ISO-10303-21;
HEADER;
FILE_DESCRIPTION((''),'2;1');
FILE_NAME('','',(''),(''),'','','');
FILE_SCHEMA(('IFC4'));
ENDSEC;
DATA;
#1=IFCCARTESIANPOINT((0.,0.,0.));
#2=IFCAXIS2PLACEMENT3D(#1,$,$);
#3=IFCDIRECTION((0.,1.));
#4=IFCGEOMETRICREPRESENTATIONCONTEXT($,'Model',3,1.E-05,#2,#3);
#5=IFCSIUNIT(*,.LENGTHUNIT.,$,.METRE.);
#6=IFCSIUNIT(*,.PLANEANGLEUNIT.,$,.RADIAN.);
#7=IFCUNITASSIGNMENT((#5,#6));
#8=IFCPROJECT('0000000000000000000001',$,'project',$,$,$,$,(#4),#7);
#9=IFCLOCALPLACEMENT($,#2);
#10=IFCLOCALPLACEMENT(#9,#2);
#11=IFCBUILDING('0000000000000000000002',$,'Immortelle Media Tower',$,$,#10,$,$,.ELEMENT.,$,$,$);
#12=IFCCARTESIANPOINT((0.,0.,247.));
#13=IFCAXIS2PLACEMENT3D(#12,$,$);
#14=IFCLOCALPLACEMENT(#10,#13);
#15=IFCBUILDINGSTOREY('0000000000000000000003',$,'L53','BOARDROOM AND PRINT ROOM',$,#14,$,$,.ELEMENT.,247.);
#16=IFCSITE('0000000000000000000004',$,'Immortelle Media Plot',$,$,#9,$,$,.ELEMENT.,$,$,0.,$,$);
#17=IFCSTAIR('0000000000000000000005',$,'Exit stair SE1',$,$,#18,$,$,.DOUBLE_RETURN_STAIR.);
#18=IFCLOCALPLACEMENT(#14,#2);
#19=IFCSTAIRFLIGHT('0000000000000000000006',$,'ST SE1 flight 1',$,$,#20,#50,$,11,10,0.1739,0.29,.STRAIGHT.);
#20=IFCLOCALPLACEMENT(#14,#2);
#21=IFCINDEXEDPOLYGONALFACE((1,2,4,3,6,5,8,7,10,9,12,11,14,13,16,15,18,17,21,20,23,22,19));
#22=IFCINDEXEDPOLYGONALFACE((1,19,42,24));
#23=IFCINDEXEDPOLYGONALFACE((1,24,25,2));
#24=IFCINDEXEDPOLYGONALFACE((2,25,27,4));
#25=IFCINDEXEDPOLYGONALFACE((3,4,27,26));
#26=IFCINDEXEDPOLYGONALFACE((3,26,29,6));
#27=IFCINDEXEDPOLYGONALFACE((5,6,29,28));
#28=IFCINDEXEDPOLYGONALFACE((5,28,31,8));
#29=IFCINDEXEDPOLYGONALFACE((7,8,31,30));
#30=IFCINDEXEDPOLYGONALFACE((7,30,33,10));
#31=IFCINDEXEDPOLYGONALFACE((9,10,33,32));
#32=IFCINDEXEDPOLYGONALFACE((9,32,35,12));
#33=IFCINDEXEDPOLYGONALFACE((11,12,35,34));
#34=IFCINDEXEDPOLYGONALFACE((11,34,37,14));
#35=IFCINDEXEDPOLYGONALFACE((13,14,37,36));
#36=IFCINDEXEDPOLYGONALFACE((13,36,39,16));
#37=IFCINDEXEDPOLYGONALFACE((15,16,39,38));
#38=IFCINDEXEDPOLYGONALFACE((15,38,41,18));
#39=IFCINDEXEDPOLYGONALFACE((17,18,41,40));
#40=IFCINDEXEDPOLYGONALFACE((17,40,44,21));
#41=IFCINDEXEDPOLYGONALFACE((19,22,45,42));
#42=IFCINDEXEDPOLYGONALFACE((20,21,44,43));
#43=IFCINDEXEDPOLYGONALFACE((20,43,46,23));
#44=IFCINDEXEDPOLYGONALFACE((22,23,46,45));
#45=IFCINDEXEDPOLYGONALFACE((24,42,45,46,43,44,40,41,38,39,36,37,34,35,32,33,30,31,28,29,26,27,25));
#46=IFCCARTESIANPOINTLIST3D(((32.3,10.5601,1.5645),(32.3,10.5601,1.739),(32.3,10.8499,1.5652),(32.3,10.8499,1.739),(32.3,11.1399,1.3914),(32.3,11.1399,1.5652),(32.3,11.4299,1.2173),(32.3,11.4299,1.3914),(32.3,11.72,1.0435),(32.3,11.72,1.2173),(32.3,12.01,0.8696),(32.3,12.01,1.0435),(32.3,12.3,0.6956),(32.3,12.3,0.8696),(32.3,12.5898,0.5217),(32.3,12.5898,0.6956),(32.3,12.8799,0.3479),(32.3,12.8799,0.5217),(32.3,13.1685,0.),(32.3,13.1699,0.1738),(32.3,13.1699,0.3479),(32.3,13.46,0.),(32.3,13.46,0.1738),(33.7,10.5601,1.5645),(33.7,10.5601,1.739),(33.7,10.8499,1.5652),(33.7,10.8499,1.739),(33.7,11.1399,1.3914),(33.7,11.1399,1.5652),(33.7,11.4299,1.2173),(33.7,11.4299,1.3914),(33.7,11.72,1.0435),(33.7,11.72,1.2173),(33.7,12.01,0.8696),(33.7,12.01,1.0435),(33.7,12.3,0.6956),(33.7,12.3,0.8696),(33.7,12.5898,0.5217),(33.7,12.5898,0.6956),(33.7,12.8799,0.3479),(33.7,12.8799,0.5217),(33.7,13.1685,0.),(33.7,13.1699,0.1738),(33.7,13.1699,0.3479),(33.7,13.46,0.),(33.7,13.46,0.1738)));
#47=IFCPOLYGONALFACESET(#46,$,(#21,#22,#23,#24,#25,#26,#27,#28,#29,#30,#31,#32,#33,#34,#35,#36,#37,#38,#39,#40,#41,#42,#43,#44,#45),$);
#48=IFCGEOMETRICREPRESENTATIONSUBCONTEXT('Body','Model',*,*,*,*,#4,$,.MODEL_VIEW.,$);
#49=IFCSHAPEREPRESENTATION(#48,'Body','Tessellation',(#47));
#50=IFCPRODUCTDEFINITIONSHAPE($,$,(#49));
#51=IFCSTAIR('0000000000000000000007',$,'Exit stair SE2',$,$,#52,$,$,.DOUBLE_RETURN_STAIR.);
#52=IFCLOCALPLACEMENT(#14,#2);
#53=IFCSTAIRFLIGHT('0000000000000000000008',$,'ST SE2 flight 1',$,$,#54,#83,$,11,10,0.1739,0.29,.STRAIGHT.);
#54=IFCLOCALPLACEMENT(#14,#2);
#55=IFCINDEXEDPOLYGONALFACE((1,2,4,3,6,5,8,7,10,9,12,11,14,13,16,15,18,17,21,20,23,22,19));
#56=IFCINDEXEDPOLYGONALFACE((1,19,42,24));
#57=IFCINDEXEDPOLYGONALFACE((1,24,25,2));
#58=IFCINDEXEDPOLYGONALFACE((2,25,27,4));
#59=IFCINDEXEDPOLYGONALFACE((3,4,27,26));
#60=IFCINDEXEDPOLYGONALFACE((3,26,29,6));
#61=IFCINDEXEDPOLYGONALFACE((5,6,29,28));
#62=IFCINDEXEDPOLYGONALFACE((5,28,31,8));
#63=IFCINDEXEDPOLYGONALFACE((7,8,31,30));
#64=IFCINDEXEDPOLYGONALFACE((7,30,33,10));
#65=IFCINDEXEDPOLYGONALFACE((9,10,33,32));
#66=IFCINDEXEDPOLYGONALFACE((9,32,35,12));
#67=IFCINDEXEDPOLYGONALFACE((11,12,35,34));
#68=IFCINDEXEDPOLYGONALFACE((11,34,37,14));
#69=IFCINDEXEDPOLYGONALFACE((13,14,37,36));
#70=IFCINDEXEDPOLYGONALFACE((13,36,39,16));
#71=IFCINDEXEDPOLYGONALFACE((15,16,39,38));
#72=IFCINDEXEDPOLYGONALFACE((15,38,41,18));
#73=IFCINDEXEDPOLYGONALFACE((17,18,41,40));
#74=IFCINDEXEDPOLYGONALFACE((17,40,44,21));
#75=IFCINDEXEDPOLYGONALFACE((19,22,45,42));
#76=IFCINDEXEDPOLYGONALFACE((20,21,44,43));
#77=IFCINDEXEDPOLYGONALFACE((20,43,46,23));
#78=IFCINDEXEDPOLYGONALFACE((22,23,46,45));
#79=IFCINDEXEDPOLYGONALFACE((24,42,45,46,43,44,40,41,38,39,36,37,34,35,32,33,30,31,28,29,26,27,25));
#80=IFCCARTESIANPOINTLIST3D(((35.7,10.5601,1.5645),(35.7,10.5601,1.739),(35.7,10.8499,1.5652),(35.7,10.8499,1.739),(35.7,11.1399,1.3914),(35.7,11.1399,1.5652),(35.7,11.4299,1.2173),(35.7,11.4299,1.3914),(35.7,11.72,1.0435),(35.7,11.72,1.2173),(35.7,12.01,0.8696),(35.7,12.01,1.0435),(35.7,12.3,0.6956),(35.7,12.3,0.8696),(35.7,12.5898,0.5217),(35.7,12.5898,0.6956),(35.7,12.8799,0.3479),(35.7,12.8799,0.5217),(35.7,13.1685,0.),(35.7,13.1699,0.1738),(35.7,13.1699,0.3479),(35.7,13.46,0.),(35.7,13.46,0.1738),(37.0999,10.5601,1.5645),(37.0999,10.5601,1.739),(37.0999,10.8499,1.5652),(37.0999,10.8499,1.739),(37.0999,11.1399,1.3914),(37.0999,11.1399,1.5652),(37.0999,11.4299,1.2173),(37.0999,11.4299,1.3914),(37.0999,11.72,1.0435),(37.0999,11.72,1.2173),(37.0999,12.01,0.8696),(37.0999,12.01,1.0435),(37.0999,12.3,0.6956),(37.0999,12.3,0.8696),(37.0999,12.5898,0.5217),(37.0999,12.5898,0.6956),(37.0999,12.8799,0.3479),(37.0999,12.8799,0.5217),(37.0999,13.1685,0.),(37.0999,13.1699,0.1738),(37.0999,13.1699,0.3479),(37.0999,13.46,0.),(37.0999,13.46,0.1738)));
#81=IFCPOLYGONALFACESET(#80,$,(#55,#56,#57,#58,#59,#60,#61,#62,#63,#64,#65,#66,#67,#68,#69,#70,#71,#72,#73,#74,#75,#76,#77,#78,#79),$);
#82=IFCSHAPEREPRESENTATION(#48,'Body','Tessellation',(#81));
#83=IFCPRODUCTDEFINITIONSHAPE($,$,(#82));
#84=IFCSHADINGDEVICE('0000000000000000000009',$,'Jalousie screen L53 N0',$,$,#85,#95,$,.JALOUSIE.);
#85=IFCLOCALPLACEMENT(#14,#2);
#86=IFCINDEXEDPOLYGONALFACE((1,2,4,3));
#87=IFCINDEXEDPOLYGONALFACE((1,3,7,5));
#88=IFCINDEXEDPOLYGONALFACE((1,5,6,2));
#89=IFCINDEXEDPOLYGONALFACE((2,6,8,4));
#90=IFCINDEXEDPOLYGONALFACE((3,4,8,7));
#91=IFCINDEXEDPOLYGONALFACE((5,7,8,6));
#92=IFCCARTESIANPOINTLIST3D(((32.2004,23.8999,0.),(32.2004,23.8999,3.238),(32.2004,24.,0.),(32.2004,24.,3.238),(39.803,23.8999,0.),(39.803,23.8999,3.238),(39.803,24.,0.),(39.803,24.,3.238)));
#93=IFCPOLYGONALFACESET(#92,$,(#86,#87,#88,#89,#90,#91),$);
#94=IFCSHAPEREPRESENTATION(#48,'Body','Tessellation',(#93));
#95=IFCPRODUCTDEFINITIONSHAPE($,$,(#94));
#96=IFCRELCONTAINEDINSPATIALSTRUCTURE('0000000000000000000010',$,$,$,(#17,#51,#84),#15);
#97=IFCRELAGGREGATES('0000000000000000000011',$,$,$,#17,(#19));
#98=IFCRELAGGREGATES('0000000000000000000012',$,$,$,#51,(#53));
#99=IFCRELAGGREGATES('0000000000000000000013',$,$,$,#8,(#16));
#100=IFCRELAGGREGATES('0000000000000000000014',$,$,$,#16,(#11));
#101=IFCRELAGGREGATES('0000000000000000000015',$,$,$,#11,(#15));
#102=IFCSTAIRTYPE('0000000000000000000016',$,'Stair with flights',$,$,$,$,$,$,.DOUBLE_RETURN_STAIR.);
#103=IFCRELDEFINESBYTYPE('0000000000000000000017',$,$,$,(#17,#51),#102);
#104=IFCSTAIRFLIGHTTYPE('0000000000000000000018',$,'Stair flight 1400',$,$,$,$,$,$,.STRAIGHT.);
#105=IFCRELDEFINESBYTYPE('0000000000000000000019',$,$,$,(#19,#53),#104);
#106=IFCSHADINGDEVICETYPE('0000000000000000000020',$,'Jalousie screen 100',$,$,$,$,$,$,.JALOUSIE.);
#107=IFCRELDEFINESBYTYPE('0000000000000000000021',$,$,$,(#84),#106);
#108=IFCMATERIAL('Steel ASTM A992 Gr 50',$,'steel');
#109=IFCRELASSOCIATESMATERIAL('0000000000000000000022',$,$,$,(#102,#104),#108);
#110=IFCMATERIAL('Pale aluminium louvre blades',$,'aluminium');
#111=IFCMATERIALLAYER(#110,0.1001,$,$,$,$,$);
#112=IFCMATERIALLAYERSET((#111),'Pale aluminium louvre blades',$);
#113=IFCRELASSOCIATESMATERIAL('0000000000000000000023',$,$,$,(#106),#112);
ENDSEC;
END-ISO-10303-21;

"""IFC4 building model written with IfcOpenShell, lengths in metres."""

from ifc_helpers import new_model, si_unit, direction, frame, origin, origin_2d, place, context, subcontext, project, spatial, polyline, rectangle, outline, extrude, material, layer, layer_set, type_object, element, aggregate, save


model = new_model("IFC4")

# Units and contexts
model_context = context("Model", 3, precision=1e-05, world=origin(), true_north=direction((0.0, 1.0)))
body_context = subcontext(model_context, "Body", "Model", "MODEL_VIEW")
ifc_project = project(units=[si_unit("LENGTHUNIT", "METRE"), si_unit("PLANEANGLEUNIT", "RADIAN")], contexts=[model_context])

# Site, building, storey
site_placement = place(None, origin())
site = spatial("IfcSite", under=ifc_project, at=site_placement, Name="Immortelle Media Plot", CompositionType="ELEMENT", RefElevation=0.0)
building_placement = place(site_placement, origin())
building = spatial("IfcBuilding", under=site, at=building_placement, Name="Immortelle Media Tower", CompositionType="ELEMENT")
storey_placement = place(building_placement, frame((0.0, 0.0, 247.0)))
storey = spatial("IfcBuildingStorey", under=building, at=storey_placement, Name="L53", Description="BOARDROOM AND PRINT ROOM", CompositionType="ELEMENT", Elevation=247.0)

# Shared definitions
ifc_material_1 = material(Name="Steel ASTM A992 Gr 50", Category="steel")

# Stairs, stair flights
stair_type = type_object("IfcStairType", Name="Stair with flights", PredefinedType="DOUBLE_RETURN_STAIR", material=ifc_material_1)
stair_1_placement = place(storey_placement, origin())
stair_1 = element("IfcStair", 1, at=stair_1_placement, inside=storey, type_object=stair_type, Name="Exit stair SE1", PredefinedType="DOUBLE_RETURN_STAIR")
stair_flight_type = type_object("IfcStairFlightType", Name="Stair flight 1400", PredefinedType="STRAIGHT", material=ifc_material_1)
stair_flight_1_placement = place(storey_placement, frame((33.0, 13.46, 0.0), z_axis=(0.0, 0.0, 1.0), x_axis=(0.0, -1.0, 0.0)))
stair_flight_1 = element("IfcStairFlight", 2, at=stair_flight_1_placement, type_object=stair_flight_type, Name="ST SE1 flight 1", NumberOfRisers=11, NumberOfTreads=10, PredefinedType="STRAIGHT", RiserHeight=0.1739, TreadLength=0.29, context=body_context, shape_type="SweptSolid", body=[
    extrude(outline(polyline([(0.0, 0.0), (0.0, 0.1738), (0.29, 0.1738), (0.29, 0.3479), (0.5801, 0.3479), (0.5801, 0.5217), (0.8701, 0.5217), (0.8701, 0.6956), (1.1599, 0.6956), (1.1599, 0.8696), (1.45, 0.8696), (1.45, 1.0435), (1.74, 1.0435), (1.74, 1.2173), (2.03, 1.2173), (2.03, 1.3914), (2.3201, 1.3914), (2.3201, 1.5652), (2.6101, 1.5652), (2.6101, 1.739), (2.8999, 1.739), (2.8999, 1.9131), (2.8999, 1.5645), (0.2915, 0.0), (0.0, 0.0)])), frame((0.0, 0.7, 0.0), z_axis=(0.0, -1.0, 0.0), x_axis=(1.0, 0.0, 0.0)), (0.0, 0.0, 1.0), 1.3999),
])
aggregate(stair_1, [stair_flight_1])
stair_2_placement = place(storey_placement, origin())
stair_2 = element("IfcStair", 3, at=stair_2_placement, inside=storey, type_object=stair_type, Name="Exit stair SE2", PredefinedType="DOUBLE_RETURN_STAIR")
stair_flight_2_placement = place(storey_placement, frame((36.3999, 13.46, 0.0), z_axis=(0.0, 0.0, 1.0), x_axis=(0.0, -1.0, 0.0)))
stair_flight_2 = element("IfcStairFlight", 4, at=stair_flight_2_placement, type_object=stair_flight_type, Name="ST SE2 flight 1", NumberOfRisers=11, NumberOfTreads=10, PredefinedType="STRAIGHT", RiserHeight=0.1739, TreadLength=0.29, context=body_context, shape_type="SweptSolid", body=[
    extrude(outline(polyline([(0.0, 0.0), (0.0, 0.1738), (0.29, 0.1738), (0.29, 0.3479), (0.5801, 0.3479), (0.5801, 0.5217), (0.8701, 0.5217), (0.8701, 0.6956), (1.1599, 0.6956), (1.1599, 0.8696), (1.45, 0.8696), (1.45, 1.0435), (1.74, 1.0435), (1.74, 1.2173), (2.03, 1.2173), (2.03, 1.3914), (2.3201, 1.3914), (2.3201, 1.5652), (2.6101, 1.5652), (2.6101, 1.739), (2.8999, 1.739), (2.8999, 1.9131), (2.8999, 1.5645), (0.2915, 0.0), (0.0, 0.0)])), frame((0.0, 0.7, 0.0), z_axis=(0.0, -1.0, 0.0), x_axis=(1.0, 0.0, 0.0)), (0.0, 0.0, 1.0), 1.3999),
])
aggregate(stair_2, [stair_flight_2])

# Shading device
ifc_material_2 = material(Name="Pale aluminium louvre blades", Category="aluminium")
ifc_layer_1 = layer(ifc_material_2, 0.1001)
ifc_layer_set_1 = layer_set([ifc_layer_1], Name="Pale aluminium louvre blades")
shading_device_type = type_object("IfcShadingDeviceType", Name="Jalousie screen 100", PredefinedType="JALOUSIE", material=ifc_layer_set_1)
shading_device_placement = place(storey_placement, frame((36.0017, 23.95, 0.0), z_axis=(0.0, 0.0, 1.0), x_axis=(-1.0, 0.0, 0.0)))
element("IfcShadingDevice", 5, at=shading_device_placement, inside=storey, type_object=shading_device_type, Name="Jalousie screen L53 N0", PredefinedType="JALOUSIE", context=body_context, shape_type="SweptSolid", body=[
    extrude(rectangle(XDim=7.6025, YDim=0.1001, at=origin_2d()), origin(), (0.0, 0.0, 1.0), 3.238),
])

save(model, "model.ifc")
